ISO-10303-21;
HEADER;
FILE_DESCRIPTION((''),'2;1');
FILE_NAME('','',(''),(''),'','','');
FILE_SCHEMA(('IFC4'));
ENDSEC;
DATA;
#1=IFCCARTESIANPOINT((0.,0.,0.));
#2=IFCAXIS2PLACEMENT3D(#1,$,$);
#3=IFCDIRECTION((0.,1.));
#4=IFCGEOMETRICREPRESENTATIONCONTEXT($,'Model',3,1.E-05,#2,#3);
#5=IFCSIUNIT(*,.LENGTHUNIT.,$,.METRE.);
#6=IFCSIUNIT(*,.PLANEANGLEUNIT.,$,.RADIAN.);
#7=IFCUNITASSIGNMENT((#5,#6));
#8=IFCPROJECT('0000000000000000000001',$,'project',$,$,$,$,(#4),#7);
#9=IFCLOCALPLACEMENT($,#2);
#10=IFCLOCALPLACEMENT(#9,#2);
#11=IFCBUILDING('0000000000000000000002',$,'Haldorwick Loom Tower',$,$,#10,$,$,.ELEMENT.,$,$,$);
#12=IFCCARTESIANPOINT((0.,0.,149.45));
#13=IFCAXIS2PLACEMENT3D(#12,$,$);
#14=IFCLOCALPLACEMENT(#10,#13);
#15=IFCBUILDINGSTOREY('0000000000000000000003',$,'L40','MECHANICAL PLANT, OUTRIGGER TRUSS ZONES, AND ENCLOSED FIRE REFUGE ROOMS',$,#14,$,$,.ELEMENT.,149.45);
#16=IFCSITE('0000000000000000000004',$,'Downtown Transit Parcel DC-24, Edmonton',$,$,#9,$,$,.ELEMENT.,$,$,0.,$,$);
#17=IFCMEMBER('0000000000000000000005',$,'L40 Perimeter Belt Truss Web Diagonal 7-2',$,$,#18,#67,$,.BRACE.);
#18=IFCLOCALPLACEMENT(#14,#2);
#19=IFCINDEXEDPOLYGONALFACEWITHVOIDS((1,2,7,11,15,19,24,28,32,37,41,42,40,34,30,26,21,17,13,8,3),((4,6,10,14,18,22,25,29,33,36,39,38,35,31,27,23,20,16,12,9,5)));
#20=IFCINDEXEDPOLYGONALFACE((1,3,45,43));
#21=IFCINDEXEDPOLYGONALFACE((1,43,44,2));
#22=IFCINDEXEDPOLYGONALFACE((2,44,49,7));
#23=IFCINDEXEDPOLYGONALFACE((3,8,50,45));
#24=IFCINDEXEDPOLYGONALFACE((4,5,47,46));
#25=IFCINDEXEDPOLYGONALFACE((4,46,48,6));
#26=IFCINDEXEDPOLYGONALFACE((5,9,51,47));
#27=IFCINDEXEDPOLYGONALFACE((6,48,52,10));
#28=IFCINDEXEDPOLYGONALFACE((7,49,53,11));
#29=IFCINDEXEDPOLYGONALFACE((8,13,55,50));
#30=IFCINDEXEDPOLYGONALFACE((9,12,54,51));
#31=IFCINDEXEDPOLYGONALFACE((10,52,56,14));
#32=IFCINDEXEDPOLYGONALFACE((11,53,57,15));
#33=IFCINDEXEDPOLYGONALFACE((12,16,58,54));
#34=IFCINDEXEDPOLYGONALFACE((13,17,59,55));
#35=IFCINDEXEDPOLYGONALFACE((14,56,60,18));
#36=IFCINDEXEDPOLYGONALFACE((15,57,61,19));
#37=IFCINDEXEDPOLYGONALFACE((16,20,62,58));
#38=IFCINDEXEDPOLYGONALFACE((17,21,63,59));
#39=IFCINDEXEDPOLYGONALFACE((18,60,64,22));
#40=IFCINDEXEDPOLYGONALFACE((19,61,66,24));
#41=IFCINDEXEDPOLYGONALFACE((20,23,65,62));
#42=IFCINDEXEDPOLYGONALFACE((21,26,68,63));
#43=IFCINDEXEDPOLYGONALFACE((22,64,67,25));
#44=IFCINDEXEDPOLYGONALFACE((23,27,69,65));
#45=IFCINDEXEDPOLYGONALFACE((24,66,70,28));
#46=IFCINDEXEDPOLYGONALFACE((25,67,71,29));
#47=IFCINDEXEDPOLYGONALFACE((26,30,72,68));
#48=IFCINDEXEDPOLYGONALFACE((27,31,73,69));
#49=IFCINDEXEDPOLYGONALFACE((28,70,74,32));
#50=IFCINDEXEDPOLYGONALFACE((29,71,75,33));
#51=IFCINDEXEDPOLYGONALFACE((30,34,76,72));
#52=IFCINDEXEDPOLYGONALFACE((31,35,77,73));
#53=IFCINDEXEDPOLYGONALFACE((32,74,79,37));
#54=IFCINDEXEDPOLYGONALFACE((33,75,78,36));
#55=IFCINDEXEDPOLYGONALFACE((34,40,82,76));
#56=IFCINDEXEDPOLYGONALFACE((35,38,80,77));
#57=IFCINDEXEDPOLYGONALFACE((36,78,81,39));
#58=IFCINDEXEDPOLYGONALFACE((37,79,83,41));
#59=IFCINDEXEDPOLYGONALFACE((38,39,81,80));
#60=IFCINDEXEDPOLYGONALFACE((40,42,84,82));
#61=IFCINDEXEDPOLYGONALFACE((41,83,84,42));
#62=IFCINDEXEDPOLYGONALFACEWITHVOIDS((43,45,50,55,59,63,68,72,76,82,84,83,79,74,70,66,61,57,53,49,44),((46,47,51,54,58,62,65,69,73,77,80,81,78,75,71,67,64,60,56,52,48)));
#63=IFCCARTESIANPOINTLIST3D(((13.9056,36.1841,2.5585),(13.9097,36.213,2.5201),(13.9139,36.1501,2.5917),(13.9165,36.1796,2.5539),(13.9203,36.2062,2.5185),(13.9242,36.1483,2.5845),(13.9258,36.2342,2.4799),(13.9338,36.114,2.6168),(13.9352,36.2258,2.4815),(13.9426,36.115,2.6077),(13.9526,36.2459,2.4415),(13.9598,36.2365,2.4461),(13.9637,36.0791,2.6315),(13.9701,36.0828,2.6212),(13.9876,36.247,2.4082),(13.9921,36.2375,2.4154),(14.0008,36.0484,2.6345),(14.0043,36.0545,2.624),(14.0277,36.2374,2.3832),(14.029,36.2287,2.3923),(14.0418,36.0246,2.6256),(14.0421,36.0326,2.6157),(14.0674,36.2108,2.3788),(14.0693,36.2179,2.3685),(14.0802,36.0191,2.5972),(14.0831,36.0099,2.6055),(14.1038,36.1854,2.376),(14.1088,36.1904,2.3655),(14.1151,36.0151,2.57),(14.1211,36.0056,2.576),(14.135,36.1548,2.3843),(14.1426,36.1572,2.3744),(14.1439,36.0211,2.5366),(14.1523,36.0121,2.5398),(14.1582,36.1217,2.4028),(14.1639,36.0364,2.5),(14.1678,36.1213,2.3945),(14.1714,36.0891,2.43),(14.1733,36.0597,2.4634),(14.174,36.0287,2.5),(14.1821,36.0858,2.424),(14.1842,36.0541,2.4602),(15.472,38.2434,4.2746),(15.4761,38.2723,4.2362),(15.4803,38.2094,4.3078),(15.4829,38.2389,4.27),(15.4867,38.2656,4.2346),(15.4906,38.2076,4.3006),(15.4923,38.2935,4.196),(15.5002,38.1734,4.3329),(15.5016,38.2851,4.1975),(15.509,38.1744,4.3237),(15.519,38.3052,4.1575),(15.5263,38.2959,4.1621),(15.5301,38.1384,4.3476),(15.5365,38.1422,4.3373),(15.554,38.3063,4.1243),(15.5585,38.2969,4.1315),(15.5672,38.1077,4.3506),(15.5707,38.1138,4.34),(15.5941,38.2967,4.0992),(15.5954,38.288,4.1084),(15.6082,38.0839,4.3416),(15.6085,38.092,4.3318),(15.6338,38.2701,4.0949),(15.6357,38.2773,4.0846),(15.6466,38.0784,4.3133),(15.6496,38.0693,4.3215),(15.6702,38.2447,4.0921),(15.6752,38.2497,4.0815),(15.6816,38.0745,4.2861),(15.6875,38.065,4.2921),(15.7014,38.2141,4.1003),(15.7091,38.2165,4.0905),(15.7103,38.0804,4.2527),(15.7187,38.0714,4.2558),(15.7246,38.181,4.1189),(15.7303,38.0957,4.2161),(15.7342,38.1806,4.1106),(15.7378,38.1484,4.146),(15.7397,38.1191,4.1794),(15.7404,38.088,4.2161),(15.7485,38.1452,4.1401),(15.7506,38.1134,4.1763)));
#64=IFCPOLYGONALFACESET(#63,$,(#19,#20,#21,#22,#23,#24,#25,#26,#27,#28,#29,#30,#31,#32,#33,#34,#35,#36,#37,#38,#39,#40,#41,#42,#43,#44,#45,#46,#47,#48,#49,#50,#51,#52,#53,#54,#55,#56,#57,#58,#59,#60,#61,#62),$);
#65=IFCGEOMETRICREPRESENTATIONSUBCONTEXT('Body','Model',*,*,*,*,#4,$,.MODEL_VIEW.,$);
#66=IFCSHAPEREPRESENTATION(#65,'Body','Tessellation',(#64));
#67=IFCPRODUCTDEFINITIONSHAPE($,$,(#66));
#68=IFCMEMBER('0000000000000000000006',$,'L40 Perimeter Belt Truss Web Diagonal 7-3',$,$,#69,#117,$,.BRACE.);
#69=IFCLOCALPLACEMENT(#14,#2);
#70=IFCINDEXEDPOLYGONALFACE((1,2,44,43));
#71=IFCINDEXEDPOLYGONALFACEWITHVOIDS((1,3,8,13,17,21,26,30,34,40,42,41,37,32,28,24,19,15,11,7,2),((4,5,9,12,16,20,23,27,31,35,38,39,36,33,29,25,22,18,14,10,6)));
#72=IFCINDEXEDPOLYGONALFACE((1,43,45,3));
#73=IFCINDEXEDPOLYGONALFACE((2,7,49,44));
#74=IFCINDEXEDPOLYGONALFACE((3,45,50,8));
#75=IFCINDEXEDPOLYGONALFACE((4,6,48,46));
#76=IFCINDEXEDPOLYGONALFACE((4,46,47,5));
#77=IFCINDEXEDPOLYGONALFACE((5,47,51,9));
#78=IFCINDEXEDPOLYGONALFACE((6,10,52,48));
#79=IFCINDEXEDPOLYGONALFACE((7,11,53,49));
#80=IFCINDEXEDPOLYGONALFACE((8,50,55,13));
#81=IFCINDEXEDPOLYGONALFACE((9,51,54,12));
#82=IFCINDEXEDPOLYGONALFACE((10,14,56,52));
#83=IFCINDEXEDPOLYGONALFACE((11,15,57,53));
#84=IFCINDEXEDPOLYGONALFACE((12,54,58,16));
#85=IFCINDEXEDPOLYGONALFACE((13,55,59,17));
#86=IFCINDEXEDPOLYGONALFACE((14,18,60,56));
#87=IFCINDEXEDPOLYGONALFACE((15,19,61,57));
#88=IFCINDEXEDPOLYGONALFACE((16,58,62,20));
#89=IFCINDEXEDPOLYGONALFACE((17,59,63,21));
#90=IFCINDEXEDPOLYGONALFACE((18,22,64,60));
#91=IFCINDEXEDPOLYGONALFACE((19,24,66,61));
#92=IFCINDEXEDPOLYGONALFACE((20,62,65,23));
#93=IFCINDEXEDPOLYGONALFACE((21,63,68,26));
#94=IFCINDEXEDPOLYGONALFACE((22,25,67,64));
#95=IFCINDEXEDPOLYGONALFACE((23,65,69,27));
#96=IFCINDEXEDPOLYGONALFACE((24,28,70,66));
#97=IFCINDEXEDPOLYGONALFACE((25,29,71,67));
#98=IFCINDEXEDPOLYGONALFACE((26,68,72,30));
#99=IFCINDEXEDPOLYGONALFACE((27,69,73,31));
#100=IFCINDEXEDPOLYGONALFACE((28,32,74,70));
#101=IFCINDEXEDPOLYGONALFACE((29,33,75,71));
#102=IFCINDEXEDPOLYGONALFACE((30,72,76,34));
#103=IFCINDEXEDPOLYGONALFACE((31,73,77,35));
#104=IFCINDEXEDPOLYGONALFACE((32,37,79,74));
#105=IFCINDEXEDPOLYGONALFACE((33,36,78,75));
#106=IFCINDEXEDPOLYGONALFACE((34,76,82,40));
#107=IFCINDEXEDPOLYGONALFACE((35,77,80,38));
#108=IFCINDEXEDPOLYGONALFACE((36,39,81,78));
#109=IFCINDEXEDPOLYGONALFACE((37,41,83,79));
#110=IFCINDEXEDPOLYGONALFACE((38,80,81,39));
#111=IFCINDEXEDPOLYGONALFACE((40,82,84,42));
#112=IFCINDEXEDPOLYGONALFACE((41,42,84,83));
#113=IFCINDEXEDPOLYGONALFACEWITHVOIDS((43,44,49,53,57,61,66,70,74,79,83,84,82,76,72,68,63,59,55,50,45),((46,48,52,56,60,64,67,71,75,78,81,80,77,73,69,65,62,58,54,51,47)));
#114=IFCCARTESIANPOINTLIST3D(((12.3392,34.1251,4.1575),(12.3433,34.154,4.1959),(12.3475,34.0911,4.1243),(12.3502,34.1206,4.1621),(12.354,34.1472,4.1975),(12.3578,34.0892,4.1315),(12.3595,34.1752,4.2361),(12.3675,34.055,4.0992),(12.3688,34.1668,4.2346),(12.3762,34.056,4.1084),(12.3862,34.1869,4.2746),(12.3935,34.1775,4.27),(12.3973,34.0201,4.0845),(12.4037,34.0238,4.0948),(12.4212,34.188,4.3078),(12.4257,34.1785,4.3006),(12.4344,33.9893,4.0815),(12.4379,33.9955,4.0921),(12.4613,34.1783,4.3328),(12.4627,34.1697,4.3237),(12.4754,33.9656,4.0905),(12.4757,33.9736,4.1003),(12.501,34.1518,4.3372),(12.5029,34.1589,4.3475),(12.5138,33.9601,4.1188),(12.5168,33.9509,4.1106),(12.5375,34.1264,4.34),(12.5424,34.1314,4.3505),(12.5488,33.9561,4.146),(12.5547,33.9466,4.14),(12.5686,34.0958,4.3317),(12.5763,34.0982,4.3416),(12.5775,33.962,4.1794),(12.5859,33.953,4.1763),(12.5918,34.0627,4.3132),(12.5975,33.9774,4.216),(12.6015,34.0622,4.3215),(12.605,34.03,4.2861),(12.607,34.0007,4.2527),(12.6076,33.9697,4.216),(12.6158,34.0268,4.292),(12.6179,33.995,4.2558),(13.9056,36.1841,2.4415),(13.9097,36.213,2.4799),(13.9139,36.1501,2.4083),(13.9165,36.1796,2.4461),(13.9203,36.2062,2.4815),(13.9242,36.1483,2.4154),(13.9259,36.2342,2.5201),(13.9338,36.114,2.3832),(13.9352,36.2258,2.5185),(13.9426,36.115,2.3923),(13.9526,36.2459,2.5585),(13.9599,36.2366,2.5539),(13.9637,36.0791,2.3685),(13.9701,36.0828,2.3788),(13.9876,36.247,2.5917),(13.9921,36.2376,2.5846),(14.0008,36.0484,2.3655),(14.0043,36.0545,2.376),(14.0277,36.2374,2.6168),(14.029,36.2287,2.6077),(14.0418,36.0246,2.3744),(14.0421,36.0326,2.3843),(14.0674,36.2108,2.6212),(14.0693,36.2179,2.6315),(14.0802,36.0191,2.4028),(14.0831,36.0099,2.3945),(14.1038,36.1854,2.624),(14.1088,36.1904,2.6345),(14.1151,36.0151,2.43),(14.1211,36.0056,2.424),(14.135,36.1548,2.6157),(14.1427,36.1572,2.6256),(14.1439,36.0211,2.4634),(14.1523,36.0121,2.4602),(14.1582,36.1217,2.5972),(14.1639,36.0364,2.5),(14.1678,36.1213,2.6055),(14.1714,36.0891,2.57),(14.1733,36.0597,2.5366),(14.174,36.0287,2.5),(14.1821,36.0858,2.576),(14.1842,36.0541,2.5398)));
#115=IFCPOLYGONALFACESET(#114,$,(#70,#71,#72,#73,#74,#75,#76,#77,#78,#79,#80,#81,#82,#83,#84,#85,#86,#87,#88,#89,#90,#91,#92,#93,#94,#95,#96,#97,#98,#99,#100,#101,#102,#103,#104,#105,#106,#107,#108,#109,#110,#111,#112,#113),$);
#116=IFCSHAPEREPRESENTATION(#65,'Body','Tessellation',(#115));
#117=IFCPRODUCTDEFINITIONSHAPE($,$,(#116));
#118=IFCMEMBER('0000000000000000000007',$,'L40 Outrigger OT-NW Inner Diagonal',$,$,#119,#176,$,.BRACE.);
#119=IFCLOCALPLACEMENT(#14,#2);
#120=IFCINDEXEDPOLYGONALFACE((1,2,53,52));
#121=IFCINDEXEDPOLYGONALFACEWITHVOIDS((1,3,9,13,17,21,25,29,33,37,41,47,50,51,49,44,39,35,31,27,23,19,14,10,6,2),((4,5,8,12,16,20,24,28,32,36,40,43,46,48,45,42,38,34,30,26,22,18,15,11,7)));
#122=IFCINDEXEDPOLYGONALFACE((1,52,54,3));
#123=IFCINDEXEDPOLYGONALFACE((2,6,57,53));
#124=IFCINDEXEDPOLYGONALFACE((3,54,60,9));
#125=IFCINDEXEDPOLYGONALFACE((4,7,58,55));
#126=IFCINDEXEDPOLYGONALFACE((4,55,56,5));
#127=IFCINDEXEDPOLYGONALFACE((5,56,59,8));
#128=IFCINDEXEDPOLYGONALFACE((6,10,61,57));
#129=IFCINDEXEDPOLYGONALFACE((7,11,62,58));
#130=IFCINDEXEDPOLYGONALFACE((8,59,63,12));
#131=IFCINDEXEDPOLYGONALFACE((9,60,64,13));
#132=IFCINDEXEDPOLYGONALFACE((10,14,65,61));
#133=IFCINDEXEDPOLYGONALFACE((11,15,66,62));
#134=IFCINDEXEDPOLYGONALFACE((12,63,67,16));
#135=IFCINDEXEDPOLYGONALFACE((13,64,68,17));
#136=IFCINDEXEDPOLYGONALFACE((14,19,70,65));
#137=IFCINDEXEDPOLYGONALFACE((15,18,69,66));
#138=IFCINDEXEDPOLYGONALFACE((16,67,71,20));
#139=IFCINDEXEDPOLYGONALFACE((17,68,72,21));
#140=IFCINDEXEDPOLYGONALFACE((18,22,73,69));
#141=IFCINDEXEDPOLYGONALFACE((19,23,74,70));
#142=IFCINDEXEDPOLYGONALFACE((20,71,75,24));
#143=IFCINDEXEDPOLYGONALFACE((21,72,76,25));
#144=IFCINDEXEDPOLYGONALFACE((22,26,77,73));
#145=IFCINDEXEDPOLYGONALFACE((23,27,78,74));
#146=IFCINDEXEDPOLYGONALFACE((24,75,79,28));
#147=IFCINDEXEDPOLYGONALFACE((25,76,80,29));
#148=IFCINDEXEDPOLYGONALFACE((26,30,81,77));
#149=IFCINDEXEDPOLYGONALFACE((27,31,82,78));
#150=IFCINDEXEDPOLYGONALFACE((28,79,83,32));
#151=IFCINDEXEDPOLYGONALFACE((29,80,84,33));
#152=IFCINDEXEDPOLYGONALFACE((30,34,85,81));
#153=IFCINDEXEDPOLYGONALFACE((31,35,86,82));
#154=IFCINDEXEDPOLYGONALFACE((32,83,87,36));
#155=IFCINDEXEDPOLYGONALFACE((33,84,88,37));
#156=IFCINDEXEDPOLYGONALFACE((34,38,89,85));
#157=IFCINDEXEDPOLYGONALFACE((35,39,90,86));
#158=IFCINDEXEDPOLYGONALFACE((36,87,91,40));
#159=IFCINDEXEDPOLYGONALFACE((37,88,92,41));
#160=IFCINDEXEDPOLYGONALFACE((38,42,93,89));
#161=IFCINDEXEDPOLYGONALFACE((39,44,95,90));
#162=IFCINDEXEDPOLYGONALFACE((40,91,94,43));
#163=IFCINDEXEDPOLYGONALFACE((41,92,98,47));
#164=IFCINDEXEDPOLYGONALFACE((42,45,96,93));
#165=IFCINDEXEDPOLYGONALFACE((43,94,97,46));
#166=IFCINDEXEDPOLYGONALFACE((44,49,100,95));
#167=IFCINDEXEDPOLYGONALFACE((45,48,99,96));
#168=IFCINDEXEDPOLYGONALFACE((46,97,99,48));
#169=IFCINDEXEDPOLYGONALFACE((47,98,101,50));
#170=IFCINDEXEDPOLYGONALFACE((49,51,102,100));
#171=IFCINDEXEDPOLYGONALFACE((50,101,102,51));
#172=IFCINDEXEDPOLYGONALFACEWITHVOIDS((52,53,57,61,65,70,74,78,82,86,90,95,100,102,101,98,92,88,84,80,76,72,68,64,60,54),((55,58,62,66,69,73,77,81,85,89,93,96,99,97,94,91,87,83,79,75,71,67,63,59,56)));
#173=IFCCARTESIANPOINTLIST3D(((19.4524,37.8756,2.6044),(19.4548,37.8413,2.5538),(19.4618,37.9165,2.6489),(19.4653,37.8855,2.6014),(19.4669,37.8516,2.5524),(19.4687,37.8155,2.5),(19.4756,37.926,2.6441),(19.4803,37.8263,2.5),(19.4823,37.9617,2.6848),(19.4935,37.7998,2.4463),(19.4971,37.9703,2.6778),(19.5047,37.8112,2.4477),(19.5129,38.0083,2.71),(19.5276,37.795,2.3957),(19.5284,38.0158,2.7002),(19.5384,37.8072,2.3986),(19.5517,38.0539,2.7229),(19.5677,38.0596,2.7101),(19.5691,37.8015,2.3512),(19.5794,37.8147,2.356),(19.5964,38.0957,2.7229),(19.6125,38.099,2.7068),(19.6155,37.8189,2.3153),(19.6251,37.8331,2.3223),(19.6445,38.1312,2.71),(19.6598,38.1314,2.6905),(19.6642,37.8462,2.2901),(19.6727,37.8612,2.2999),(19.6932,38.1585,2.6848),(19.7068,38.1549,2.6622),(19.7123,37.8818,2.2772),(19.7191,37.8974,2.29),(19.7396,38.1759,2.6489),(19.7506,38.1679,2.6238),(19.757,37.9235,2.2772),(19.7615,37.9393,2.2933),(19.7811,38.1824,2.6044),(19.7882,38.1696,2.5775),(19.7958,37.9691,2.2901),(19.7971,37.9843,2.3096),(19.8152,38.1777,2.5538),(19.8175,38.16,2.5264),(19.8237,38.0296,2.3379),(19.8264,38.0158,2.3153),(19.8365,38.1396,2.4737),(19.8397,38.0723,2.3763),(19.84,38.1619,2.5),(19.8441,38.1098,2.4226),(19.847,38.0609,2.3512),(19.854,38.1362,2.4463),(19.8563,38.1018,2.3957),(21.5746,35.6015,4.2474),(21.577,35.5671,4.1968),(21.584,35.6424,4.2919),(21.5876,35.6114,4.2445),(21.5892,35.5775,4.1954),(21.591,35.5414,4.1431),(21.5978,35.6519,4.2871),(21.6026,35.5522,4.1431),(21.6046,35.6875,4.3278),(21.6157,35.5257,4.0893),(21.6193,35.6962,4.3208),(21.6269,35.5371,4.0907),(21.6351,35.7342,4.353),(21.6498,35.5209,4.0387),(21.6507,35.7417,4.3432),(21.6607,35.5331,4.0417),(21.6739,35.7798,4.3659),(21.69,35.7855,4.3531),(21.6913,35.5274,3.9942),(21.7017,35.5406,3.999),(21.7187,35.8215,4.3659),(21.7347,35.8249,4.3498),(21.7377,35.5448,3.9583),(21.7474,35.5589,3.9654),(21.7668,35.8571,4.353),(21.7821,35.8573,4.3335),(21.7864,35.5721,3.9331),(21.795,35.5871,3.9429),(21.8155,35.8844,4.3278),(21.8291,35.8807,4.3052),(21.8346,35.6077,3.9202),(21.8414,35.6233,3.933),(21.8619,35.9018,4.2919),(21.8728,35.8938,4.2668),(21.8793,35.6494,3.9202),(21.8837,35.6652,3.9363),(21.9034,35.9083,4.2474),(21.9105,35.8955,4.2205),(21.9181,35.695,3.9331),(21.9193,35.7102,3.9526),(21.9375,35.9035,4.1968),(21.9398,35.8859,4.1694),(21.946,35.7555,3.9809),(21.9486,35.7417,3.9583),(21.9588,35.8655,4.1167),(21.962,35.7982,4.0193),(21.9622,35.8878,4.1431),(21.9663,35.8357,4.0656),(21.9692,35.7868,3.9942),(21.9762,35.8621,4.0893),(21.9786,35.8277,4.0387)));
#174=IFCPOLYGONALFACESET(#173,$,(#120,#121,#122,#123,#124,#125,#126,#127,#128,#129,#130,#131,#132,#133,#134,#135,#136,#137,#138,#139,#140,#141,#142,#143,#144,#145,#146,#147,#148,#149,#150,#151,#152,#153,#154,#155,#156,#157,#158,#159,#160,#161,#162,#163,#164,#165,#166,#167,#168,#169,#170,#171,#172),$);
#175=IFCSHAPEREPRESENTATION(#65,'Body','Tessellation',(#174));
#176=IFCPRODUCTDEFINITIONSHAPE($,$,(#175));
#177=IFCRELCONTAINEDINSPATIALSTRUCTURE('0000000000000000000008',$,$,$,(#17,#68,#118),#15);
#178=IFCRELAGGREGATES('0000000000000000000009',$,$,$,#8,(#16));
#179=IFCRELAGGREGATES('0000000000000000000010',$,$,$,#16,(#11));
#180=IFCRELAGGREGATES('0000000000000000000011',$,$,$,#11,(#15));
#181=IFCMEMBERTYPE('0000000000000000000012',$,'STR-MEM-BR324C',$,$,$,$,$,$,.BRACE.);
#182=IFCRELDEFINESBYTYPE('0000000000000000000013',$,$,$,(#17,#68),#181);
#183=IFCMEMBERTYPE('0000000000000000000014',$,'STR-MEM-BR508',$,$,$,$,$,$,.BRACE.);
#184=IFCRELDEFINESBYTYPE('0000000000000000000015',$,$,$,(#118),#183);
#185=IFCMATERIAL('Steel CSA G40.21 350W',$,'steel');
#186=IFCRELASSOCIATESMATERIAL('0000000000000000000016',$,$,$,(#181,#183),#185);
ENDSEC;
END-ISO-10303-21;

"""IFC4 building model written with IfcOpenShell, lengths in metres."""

from ifc_helpers import new_model, si_unit, direction, frame, origin, origin_2d, place, context, subcontext, project, spatial, hollow_circle, extrude, material, material_profile, profile_set, type_object, element, save


model = new_model("IFC4")

# Units and contexts
model_context = context("Model", 3, precision=1e-05, world=origin(), true_north=direction((0.0, 1.0)))
body_context = subcontext(model_context, "Body", "Model", "MODEL_VIEW")
ifc_project = project(units=[si_unit("LENGTHUNIT", "METRE"), si_unit("PLANEANGLEUNIT", "RADIAN")], contexts=[model_context])

# Site, building, storey
site_placement = place(None, origin())
site = spatial("IfcSite", under=ifc_project, at=site_placement, Name="Downtown Transit Parcel DC-24, Edmonton", CompositionType="ELEMENT", RefElevation=0.0)
building_placement = place(site_placement, origin())
building = spatial("IfcBuilding", under=site, at=building_placement, Name="Haldorwick Loom Tower", CompositionType="ELEMENT")
storey_placement = place(building_placement, frame((0.0, 0.0, 149.45)))
storey = spatial("IfcBuildingStorey", under=building, at=storey_placement, Name="L40", Description="MECHANICAL PLANT, OUTRIGGER TRUSS ZONES, AND ENCLOSED FIRE REFUGE ROOMS", CompositionType="ELEMENT", Elevation=149.45)

# Shared definitions
ifc_material_1 = material(Name="Steel CSA G40.21 350W", Category="steel")

# Members
ifc_material_profile_1 = material_profile(ifc_material_1, hollow_circle(Radius=0.1619, WallThickness=0.0127, at=origin_2d()), Name="HSS324X13", Category="steel")
ifc_profile_set_1 = profile_set([ifc_material_profile_1], Name="Steel CSA G40.21 350W")
member_type_1 = type_object("IfcMemberType", Name="STR-MEM-BR324C", PredefinedType="BRACE", material=ifc_profile_set_1)
for number, where, z_axis, x_axis, name in (
    (1, (15.6116, 38.186, 4.2161), (-0.504523, -0.663287, -0.552726), (0.795917, -0.605406, 0.0), "L40 Perimeter Belt Truss Web Diagonal 7-2"),
):
    element("IfcMember", number, at=place(storey_placement, frame(where, z_axis=z_axis, x_axis=x_axis)), inside=storey, type_object=member_type_1, Name=name, PredefinedType="BRACE", context=body_context, shape_type="SweptSolid", body=[
        extrude(hollow_circle(Radius=0.1619, WallThickness=0.0127, at=origin_2d()), origin(), (0.0, 0.0, 1.0), 3.1047),
    ])
member_1_placement = place(storey_placement, frame((14.0452, 36.1267, 2.5), z_axis=(-0.504549, -0.663243, 0.552755), x_axis=(0.795882, -0.605452, 0.0)))
element("IfcMember", 2, at=member_1_placement, inside=storey, type_object=member_type_1, Name="L40 Perimeter Belt Truss Web Diagonal 7-3", PredefinedType="BRACE", context=body_context, shape_type="SweptSolid", body=[
    extrude(hollow_circle(Radius=0.1619, WallThickness=0.0127, at=origin_2d()), origin(), (0.0, 0.0, 1.0), 3.1045),
])
ifc_material_profile_2 = material_profile(ifc_material_1, hollow_circle(Radius=0.2539, WallThickness=0.0159, at=origin_2d()), Name="HSS508X16", Category="steel")
ifc_profile_set_2 = profile_set([ifc_material_profile_2], Name="Steel CSA G40.21 350W")
member_type_2 = type_object("IfcMemberType", Name="STR-MEM-BR508", PredefinedType="BRACE", material=ifc_profile_set_2)
member_2_placement = place(storey_placement, frame((21.7766, 35.7146, 4.1431), z_axis=(-0.603287, 0.646454, -0.467057), x_axis=(-0.731094, -0.682276, 0.0)))
element("IfcMember", 3, at=member_2_placement, inside=storey, type_object=member_type_2, Name="L40 Outrigger OT-NW Inner Diagonal", PredefinedType="BRACE", context=body_context, shape_type="SweptSolid", body=[
    extrude(hollow_circle(Radius=0.2539, WallThickness=0.0159, at=origin_2d()), origin(), (0.0, 0.0, 1.0), 3.5178),
])

save(model, "model.ifc")
